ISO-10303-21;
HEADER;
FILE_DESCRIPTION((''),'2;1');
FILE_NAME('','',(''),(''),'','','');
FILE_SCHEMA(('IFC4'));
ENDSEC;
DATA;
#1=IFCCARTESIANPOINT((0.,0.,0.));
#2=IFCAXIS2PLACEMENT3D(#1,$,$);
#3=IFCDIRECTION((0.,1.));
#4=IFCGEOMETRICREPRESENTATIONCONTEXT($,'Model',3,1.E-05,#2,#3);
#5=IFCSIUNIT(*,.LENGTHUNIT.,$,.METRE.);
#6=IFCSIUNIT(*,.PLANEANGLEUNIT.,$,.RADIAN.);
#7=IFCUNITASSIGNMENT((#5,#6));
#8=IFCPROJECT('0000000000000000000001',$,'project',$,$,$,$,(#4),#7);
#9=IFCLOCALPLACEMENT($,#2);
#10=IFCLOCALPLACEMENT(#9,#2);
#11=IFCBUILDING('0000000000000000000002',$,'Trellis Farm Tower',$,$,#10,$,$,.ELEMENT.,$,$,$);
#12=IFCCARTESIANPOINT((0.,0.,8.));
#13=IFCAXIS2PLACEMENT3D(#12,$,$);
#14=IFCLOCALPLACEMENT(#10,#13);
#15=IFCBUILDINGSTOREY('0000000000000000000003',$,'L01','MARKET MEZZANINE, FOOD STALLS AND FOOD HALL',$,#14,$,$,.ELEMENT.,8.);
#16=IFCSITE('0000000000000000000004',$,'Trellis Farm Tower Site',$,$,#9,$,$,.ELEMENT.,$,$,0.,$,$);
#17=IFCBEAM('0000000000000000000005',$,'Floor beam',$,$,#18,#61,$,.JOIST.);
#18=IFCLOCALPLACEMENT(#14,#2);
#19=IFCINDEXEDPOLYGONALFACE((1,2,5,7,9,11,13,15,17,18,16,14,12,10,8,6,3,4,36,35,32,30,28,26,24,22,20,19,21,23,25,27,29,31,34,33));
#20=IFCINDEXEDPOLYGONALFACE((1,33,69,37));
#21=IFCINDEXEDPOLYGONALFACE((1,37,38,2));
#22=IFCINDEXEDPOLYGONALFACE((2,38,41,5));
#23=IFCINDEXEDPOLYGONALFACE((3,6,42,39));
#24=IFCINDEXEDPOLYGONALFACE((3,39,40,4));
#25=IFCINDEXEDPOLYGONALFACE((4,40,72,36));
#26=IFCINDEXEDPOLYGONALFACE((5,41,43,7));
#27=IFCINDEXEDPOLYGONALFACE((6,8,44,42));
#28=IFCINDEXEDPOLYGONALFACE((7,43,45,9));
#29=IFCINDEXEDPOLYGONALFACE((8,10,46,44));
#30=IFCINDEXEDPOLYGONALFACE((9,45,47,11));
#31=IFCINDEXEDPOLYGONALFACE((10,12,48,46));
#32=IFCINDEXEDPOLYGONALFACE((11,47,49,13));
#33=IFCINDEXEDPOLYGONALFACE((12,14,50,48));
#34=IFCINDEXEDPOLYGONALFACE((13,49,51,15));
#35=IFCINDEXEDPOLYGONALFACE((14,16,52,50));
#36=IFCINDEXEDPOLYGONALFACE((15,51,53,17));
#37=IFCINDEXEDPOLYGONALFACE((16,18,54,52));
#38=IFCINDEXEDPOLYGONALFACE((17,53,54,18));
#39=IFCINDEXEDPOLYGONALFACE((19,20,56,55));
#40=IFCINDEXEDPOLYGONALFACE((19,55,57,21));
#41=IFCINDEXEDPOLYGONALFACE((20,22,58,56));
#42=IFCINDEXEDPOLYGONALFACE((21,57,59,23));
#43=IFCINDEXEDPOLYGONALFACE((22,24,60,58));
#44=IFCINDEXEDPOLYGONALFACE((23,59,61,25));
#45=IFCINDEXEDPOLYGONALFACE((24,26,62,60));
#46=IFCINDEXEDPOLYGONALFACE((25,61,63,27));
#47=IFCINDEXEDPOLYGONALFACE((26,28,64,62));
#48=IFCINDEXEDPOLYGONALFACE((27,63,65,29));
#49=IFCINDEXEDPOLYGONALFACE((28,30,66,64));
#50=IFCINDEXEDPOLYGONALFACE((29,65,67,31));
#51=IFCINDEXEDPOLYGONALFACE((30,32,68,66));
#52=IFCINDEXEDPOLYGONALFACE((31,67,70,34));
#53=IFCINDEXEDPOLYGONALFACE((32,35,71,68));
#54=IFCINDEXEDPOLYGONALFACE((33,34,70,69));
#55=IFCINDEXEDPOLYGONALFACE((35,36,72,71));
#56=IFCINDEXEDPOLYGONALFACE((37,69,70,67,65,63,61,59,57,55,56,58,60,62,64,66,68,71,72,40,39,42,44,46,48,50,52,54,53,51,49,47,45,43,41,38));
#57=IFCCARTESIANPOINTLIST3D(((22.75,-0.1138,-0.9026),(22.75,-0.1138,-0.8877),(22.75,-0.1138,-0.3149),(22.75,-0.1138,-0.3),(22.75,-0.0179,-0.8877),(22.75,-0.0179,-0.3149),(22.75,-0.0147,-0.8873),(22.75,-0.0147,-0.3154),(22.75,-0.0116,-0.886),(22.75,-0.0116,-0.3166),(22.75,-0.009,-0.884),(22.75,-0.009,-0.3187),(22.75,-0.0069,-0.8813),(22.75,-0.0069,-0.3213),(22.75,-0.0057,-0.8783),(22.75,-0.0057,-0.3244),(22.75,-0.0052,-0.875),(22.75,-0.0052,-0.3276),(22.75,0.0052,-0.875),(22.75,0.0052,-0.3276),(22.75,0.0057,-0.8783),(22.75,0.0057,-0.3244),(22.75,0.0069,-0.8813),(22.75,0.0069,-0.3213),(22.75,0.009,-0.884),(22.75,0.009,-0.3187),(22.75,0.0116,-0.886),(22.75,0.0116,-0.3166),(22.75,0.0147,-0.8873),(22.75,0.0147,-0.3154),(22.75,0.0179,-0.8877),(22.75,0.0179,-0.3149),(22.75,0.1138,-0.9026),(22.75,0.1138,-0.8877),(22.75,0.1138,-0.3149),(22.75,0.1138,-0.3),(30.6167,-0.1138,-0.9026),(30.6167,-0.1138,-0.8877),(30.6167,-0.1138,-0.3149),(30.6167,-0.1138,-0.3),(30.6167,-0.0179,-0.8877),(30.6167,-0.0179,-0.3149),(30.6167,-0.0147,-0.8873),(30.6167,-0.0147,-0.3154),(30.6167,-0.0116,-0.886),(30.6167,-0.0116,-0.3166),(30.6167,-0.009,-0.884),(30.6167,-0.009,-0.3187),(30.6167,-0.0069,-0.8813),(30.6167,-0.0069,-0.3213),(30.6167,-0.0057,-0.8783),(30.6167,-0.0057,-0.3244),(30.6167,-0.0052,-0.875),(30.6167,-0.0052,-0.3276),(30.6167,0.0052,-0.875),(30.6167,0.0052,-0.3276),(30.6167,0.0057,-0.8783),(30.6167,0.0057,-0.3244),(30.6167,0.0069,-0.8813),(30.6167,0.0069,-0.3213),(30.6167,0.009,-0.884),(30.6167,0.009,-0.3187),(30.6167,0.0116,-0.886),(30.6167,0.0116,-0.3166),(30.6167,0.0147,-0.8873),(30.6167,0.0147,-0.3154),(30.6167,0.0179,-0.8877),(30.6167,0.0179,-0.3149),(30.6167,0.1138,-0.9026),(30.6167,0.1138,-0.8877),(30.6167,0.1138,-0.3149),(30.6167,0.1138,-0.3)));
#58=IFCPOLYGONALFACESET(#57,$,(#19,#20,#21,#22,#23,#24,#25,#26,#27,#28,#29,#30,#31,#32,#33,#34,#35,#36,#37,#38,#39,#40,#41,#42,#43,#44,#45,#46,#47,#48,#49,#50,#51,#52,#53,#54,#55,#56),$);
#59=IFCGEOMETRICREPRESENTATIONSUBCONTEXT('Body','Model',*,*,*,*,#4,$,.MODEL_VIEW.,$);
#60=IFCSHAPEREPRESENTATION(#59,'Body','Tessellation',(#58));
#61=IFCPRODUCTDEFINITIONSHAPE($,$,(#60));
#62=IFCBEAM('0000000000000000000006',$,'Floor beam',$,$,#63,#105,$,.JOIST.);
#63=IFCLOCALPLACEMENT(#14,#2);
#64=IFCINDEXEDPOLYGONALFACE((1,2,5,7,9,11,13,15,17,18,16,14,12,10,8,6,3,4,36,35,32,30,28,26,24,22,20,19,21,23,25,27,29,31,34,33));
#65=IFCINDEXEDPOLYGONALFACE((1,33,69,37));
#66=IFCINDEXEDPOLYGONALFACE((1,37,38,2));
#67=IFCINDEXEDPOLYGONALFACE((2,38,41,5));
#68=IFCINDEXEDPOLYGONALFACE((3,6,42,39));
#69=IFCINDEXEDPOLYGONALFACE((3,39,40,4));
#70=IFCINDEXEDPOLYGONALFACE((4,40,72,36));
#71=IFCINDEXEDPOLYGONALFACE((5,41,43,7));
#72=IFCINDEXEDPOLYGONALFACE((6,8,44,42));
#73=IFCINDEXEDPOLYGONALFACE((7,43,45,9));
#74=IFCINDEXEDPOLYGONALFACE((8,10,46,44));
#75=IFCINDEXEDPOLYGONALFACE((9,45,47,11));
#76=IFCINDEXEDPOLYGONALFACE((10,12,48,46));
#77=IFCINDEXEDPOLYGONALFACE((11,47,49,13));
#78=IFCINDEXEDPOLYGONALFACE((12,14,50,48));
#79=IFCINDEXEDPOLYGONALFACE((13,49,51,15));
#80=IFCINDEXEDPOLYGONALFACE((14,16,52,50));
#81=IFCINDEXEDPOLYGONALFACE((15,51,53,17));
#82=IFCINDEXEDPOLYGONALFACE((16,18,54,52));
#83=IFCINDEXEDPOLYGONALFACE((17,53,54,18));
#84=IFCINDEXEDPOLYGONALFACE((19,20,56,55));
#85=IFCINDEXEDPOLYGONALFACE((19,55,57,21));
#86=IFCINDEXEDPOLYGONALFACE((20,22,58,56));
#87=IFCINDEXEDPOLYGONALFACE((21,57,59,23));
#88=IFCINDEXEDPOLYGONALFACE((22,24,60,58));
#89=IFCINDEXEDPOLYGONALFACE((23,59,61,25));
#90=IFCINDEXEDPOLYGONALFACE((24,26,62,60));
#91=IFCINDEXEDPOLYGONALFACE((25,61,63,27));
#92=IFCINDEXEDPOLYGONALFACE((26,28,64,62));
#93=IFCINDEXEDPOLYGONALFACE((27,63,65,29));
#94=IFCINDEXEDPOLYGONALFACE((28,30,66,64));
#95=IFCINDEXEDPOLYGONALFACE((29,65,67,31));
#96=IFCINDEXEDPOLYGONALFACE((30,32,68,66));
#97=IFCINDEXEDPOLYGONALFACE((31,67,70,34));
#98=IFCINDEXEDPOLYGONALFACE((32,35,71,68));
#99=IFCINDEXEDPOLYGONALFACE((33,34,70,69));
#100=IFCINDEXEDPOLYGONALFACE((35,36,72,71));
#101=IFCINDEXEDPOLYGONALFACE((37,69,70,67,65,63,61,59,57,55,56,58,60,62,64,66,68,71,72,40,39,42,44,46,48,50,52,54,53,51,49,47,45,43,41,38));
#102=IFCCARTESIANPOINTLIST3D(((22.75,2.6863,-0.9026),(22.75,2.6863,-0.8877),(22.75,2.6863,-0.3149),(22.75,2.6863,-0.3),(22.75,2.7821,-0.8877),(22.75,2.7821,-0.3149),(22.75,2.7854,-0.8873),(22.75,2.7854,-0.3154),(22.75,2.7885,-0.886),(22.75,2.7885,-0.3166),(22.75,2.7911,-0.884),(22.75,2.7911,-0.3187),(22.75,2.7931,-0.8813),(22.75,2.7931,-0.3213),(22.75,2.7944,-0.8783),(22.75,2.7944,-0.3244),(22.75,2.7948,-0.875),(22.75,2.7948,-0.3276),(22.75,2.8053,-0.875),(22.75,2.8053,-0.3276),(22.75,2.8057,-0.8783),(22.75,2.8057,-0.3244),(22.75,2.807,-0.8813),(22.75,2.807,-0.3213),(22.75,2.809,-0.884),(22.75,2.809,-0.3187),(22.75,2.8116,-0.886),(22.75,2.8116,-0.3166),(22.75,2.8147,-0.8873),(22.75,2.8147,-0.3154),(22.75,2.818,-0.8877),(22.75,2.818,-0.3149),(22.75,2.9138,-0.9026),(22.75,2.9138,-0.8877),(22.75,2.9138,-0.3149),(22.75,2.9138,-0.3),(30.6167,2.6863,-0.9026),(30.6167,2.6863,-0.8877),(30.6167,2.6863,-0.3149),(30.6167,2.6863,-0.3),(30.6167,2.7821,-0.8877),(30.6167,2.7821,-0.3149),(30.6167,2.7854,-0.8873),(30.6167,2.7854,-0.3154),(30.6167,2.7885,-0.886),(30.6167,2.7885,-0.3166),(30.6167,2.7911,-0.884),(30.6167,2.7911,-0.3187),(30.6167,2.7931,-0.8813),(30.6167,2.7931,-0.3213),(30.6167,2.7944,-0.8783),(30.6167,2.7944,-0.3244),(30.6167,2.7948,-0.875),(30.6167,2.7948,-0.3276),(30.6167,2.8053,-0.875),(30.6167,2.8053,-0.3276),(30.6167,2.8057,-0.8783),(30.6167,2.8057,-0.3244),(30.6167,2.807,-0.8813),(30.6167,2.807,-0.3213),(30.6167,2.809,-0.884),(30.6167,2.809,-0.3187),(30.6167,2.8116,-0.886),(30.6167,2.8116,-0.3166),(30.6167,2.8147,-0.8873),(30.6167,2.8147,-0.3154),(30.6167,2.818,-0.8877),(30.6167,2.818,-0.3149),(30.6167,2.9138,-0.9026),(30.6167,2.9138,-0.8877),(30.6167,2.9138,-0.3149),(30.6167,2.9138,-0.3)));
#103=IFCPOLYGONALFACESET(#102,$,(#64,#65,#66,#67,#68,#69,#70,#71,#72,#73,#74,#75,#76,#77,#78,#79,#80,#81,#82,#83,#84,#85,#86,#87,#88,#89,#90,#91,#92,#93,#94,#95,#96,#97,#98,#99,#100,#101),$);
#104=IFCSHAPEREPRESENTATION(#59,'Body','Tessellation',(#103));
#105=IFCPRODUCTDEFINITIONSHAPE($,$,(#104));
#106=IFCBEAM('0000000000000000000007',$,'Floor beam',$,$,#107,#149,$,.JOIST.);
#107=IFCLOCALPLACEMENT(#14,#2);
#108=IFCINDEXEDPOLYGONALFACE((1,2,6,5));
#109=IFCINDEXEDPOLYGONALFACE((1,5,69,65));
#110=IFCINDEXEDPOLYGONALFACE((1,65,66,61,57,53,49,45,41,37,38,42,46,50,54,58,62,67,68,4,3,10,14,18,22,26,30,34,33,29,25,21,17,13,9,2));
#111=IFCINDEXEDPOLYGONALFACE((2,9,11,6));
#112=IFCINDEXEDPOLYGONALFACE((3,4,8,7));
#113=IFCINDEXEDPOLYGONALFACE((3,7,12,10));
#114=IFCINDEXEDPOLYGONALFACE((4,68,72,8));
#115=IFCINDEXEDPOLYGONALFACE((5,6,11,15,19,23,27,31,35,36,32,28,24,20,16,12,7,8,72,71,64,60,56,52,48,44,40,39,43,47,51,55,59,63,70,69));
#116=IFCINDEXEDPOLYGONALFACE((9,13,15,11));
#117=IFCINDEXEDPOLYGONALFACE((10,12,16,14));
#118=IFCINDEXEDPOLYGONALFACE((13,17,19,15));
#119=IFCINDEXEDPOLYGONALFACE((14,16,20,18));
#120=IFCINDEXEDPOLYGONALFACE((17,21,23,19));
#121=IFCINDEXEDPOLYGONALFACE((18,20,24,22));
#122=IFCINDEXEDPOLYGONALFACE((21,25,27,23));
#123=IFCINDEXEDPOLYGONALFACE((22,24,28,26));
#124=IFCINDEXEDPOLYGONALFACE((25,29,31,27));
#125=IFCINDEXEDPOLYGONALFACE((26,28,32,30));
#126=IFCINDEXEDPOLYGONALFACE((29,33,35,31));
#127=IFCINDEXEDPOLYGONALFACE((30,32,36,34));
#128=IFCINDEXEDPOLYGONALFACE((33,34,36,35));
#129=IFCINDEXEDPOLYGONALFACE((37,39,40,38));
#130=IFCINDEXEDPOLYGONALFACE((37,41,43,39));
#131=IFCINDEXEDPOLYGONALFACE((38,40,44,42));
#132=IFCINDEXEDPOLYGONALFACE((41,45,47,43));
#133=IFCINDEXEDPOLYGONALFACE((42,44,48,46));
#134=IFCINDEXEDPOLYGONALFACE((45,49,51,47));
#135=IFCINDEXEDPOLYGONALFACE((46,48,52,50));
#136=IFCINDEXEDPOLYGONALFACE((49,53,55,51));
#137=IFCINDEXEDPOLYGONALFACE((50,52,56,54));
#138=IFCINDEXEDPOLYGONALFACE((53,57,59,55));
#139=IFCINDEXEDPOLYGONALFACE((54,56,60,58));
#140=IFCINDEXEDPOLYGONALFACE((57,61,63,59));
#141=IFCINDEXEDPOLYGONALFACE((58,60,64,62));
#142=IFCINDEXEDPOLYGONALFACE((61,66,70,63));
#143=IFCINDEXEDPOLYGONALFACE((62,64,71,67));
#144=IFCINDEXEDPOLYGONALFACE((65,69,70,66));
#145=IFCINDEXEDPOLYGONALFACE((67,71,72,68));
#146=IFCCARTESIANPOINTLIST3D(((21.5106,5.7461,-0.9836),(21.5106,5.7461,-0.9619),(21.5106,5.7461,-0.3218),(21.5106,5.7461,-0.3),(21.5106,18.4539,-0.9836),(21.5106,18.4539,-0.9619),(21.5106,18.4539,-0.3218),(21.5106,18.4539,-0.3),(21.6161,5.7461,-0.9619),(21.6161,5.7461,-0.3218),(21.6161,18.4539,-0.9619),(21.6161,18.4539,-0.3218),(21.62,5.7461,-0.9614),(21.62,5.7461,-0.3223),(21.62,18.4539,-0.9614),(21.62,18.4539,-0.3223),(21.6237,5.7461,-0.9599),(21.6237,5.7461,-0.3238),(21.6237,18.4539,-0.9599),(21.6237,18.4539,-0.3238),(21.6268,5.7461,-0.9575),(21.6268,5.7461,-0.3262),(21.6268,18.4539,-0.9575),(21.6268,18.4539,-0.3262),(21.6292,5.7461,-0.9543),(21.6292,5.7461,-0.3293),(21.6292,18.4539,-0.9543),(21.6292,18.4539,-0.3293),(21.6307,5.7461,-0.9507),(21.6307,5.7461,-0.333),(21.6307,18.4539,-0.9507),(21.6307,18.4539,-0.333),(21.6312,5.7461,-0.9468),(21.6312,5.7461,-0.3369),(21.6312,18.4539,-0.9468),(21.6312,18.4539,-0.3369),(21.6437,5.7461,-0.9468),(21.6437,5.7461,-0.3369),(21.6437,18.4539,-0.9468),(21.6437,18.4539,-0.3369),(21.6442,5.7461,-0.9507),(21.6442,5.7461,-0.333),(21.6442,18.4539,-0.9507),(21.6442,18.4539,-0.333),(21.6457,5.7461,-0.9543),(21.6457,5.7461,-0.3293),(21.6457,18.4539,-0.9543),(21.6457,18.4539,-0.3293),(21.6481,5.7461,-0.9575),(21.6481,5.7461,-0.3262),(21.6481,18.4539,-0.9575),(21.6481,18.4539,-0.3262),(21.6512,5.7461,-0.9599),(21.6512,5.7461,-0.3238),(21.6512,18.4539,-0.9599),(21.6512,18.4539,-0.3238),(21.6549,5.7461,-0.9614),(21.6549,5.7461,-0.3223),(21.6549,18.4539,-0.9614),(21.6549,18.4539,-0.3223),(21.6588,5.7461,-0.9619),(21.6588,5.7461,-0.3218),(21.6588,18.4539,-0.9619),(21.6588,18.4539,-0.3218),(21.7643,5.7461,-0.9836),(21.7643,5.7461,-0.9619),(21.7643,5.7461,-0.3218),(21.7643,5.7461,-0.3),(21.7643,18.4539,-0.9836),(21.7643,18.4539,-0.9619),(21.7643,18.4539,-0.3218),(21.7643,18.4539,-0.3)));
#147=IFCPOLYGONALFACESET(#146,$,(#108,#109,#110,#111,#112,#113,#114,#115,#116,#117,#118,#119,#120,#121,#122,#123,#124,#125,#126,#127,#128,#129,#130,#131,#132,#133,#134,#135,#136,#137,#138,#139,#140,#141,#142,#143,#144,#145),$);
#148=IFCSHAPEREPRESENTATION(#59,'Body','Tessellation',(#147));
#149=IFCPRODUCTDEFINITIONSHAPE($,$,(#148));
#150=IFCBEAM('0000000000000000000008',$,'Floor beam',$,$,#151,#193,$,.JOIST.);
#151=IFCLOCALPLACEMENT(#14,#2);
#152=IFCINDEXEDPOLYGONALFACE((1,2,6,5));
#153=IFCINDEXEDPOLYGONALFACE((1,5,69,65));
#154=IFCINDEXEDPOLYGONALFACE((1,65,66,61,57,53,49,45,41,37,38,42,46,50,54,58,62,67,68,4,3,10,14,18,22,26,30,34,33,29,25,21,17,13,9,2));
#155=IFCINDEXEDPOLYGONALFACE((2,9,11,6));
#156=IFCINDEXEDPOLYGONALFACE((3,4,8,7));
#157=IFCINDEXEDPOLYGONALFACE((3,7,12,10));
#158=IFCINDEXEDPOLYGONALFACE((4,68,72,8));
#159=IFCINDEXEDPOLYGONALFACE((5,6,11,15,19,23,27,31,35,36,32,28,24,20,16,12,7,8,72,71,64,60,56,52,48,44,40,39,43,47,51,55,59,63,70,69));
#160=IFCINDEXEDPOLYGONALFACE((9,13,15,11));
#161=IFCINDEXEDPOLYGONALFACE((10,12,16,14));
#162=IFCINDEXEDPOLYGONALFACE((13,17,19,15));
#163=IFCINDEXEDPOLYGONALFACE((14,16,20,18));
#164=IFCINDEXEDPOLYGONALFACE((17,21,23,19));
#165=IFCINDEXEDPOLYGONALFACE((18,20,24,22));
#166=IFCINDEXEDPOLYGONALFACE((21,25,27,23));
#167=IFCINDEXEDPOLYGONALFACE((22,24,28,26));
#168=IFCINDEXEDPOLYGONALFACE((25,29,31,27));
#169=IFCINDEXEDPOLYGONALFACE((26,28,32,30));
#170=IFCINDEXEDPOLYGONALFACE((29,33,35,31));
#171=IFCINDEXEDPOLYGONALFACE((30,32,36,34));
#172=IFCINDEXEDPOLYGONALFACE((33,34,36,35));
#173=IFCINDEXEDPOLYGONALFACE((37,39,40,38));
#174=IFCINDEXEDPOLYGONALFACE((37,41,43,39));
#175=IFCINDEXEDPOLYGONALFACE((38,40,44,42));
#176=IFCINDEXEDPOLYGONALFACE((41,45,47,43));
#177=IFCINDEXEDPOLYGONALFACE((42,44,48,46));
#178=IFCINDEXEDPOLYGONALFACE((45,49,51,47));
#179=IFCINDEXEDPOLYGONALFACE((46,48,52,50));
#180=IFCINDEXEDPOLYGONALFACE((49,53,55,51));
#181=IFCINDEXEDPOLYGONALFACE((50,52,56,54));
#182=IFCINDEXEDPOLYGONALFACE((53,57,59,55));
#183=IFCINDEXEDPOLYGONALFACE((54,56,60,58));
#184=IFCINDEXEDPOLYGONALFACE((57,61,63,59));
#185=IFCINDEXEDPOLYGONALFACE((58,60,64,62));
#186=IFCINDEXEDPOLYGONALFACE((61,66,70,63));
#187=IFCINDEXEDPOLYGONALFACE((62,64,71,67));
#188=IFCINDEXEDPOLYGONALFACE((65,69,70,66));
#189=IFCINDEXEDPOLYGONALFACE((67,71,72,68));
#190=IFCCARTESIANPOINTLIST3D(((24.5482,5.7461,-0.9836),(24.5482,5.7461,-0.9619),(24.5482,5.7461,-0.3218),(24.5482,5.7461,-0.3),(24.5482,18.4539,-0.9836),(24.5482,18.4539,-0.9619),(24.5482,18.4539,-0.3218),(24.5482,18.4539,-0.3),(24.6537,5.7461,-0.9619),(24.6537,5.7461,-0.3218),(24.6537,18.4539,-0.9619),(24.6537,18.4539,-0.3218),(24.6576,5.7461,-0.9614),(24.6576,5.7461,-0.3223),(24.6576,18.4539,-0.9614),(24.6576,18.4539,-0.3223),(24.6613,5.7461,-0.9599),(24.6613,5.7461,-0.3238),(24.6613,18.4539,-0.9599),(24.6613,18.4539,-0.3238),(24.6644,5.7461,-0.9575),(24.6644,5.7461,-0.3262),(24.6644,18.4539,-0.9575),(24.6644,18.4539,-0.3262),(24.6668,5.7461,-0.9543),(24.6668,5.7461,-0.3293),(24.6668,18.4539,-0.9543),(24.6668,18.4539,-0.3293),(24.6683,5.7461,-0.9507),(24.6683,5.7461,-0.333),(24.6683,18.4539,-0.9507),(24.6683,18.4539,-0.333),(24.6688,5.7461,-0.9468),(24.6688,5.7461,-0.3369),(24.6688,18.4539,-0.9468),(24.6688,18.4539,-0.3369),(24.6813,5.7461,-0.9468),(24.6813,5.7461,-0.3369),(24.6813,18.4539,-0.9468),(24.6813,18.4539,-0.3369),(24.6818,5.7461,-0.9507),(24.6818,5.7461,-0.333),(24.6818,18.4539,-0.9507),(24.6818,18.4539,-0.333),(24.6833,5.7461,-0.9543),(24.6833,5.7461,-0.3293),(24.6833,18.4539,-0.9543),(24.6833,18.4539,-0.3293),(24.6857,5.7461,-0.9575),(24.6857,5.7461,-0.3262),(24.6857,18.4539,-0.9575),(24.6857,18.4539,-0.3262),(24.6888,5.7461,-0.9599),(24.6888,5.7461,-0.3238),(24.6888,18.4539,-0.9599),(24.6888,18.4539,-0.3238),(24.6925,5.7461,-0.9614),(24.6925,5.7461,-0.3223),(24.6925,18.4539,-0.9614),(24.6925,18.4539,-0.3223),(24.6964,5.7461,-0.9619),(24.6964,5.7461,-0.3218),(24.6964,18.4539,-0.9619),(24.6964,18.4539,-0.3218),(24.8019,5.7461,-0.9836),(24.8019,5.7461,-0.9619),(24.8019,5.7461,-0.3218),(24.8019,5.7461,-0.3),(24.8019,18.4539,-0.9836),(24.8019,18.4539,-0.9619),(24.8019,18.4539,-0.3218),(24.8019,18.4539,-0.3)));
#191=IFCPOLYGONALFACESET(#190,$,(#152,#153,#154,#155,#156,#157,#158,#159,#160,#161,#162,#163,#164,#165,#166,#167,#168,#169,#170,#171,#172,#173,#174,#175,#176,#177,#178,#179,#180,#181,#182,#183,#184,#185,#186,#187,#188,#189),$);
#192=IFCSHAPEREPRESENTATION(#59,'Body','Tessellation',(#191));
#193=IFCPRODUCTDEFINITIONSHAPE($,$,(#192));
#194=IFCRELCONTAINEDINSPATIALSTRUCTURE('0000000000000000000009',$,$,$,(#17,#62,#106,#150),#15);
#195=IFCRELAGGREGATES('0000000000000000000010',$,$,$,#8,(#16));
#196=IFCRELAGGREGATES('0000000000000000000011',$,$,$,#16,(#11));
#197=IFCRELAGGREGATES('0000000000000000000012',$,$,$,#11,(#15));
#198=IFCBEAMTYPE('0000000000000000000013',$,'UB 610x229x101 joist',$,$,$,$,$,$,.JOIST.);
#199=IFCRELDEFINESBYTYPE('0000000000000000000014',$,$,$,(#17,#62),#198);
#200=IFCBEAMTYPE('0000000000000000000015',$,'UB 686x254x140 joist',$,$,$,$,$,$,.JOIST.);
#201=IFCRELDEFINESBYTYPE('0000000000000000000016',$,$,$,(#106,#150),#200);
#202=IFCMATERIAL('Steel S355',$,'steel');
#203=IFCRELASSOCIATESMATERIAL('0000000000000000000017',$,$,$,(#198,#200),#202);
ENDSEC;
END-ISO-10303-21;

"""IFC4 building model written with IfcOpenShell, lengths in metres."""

from ifc_helpers import new_model, si_unit, direction, frame, origin, origin_2d, place, context, subcontext, project, spatial, i_section, extrude, source, transform, mapped, material, material_profile, profile_set, type_object, element, save


model = new_model("IFC4")

# Units and contexts
model_context = context("Model", 3, precision=1e-05, world=origin(), true_north=direction((0.0, 1.0)))
body_context = subcontext(model_context, "Body", "Model", "MODEL_VIEW")
ifc_project = project(units=[si_unit("LENGTHUNIT", "METRE"), si_unit("PLANEANGLEUNIT", "RADIAN")], contexts=[model_context])

# Site, building, storey
site_placement = place(None, origin())
site = spatial("IfcSite", under=ifc_project, at=site_placement, Name="Trellis Farm Tower Site", CompositionType="ELEMENT", RefElevation=0.0)
building_placement = place(site_placement, origin())
building = spatial("IfcBuilding", under=site, at=building_placement, Name="Trellis Farm Tower", CompositionType="ELEMENT")
storey_placement = place(building_placement, frame((0.0, 0.0, 8.0)))
storey = spatial("IfcBuildingStorey", under=building, at=storey_placement, Name="L01", Description="MARKET MEZZANINE, FOOD STALLS AND FOOD HALL", CompositionType="ELEMENT", Elevation=8.0)

# Beams
ifc_material_1 = material(Name="Steel S355", Category="steel")
ifc_material_profile_1 = material_profile(ifc_material_1, i_section(OverallWidth=0.2275, OverallDepth=0.6025, WebThickness=0.0105, FlangeThickness=0.0149, FilletRadius=0.0127, at=origin_2d()), Name="UB 610x229x101")
ifc_profile_set_1 = profile_set([ifc_material_profile_1], Name="Steel S355")
beam_type_1 = type_object("IfcBeamType", Name="UB 610x229x101 joist", PredefinedType="JOIST", material=ifc_profile_set_1)
shared_shape_1 = source(origin(), body_context, "Body", "SweptSolid", [
    extrude(i_section(OverallWidth=0.2275, OverallDepth=0.6025, WebThickness=0.0105, FlangeThickness=0.0149, FilletRadius=0.0127, at=origin_2d()), origin(), (0.0, 0.0, 1.0), 7.8667),
])
for number, where, z_axis, x_axis, name in (
    (1, (22.75, 0.0, -0.6013), (1.0, 0.0, 0.0), (0.0, 1.0, 0.0), "Floor beam"),
    (2, (22.75, 2.8, -0.6013), (1.0, 0.0, 0.0), (0.0, 1.0, 0.0), "Floor beam"),
):
    element("IfcBeam", number, at=place(storey_placement, frame(where, z_axis=z_axis, x_axis=x_axis)), inside=storey, type_object=beam_type_1, Name=name, PredefinedType="JOIST", context=body_context, shape_type="MappedRepresentation", body=[
        mapped(shared_shape_1, transform((0.0, 0.0, 0.0))),
    ])
ifc_material_profile_2 = material_profile(ifc_material_1, i_section(OverallWidth=0.2537, OverallDepth=0.6836, WebThickness=0.0125, FlangeThickness=0.0217, FilletRadius=0.0151, at=origin_2d()), Name="UB 686x254x140")
ifc_profile_set_2 = profile_set([ifc_material_profile_2], Name="Steel S355")
beam_type_2 = type_object("IfcBeamType", Name="UB 686x254x140 joist", PredefinedType="JOIST", material=ifc_profile_set_2)
shared_shape_2 = source(origin(), body_context, "Body", "SweptSolid", [
    extrude(i_section(OverallWidth=0.2537, OverallDepth=0.6836, WebThickness=0.0125, FlangeThickness=0.0217, FilletRadius=0.0151, at=origin_2d()), origin(), (0.0, 0.0, 1.0), 12.7078),
])
for number, where, z_axis, x_axis, name in (
    (3, (21.6375, 5.7461, -0.6418), (0.0, 1.0, 0.0), (-1.0, 0.0, 0.0), "Floor beam"),
    (4, (24.675, 5.7461, -0.6418), (0.0, 1.0, 0.0), (-1.0, 0.0, 0.0), "Floor beam"),
):
    element("IfcBeam", number, at=place(storey_placement, frame(where, z_axis=z_axis, x_axis=x_axis)), inside=storey, type_object=beam_type_2, Name=name, PredefinedType="JOIST", context=body_context, shape_type="MappedRepresentation", body=[
        mapped(shared_shape_2, transform((0.0, 0.0, 0.0))),
    ])

save(model, "model.ifc")
